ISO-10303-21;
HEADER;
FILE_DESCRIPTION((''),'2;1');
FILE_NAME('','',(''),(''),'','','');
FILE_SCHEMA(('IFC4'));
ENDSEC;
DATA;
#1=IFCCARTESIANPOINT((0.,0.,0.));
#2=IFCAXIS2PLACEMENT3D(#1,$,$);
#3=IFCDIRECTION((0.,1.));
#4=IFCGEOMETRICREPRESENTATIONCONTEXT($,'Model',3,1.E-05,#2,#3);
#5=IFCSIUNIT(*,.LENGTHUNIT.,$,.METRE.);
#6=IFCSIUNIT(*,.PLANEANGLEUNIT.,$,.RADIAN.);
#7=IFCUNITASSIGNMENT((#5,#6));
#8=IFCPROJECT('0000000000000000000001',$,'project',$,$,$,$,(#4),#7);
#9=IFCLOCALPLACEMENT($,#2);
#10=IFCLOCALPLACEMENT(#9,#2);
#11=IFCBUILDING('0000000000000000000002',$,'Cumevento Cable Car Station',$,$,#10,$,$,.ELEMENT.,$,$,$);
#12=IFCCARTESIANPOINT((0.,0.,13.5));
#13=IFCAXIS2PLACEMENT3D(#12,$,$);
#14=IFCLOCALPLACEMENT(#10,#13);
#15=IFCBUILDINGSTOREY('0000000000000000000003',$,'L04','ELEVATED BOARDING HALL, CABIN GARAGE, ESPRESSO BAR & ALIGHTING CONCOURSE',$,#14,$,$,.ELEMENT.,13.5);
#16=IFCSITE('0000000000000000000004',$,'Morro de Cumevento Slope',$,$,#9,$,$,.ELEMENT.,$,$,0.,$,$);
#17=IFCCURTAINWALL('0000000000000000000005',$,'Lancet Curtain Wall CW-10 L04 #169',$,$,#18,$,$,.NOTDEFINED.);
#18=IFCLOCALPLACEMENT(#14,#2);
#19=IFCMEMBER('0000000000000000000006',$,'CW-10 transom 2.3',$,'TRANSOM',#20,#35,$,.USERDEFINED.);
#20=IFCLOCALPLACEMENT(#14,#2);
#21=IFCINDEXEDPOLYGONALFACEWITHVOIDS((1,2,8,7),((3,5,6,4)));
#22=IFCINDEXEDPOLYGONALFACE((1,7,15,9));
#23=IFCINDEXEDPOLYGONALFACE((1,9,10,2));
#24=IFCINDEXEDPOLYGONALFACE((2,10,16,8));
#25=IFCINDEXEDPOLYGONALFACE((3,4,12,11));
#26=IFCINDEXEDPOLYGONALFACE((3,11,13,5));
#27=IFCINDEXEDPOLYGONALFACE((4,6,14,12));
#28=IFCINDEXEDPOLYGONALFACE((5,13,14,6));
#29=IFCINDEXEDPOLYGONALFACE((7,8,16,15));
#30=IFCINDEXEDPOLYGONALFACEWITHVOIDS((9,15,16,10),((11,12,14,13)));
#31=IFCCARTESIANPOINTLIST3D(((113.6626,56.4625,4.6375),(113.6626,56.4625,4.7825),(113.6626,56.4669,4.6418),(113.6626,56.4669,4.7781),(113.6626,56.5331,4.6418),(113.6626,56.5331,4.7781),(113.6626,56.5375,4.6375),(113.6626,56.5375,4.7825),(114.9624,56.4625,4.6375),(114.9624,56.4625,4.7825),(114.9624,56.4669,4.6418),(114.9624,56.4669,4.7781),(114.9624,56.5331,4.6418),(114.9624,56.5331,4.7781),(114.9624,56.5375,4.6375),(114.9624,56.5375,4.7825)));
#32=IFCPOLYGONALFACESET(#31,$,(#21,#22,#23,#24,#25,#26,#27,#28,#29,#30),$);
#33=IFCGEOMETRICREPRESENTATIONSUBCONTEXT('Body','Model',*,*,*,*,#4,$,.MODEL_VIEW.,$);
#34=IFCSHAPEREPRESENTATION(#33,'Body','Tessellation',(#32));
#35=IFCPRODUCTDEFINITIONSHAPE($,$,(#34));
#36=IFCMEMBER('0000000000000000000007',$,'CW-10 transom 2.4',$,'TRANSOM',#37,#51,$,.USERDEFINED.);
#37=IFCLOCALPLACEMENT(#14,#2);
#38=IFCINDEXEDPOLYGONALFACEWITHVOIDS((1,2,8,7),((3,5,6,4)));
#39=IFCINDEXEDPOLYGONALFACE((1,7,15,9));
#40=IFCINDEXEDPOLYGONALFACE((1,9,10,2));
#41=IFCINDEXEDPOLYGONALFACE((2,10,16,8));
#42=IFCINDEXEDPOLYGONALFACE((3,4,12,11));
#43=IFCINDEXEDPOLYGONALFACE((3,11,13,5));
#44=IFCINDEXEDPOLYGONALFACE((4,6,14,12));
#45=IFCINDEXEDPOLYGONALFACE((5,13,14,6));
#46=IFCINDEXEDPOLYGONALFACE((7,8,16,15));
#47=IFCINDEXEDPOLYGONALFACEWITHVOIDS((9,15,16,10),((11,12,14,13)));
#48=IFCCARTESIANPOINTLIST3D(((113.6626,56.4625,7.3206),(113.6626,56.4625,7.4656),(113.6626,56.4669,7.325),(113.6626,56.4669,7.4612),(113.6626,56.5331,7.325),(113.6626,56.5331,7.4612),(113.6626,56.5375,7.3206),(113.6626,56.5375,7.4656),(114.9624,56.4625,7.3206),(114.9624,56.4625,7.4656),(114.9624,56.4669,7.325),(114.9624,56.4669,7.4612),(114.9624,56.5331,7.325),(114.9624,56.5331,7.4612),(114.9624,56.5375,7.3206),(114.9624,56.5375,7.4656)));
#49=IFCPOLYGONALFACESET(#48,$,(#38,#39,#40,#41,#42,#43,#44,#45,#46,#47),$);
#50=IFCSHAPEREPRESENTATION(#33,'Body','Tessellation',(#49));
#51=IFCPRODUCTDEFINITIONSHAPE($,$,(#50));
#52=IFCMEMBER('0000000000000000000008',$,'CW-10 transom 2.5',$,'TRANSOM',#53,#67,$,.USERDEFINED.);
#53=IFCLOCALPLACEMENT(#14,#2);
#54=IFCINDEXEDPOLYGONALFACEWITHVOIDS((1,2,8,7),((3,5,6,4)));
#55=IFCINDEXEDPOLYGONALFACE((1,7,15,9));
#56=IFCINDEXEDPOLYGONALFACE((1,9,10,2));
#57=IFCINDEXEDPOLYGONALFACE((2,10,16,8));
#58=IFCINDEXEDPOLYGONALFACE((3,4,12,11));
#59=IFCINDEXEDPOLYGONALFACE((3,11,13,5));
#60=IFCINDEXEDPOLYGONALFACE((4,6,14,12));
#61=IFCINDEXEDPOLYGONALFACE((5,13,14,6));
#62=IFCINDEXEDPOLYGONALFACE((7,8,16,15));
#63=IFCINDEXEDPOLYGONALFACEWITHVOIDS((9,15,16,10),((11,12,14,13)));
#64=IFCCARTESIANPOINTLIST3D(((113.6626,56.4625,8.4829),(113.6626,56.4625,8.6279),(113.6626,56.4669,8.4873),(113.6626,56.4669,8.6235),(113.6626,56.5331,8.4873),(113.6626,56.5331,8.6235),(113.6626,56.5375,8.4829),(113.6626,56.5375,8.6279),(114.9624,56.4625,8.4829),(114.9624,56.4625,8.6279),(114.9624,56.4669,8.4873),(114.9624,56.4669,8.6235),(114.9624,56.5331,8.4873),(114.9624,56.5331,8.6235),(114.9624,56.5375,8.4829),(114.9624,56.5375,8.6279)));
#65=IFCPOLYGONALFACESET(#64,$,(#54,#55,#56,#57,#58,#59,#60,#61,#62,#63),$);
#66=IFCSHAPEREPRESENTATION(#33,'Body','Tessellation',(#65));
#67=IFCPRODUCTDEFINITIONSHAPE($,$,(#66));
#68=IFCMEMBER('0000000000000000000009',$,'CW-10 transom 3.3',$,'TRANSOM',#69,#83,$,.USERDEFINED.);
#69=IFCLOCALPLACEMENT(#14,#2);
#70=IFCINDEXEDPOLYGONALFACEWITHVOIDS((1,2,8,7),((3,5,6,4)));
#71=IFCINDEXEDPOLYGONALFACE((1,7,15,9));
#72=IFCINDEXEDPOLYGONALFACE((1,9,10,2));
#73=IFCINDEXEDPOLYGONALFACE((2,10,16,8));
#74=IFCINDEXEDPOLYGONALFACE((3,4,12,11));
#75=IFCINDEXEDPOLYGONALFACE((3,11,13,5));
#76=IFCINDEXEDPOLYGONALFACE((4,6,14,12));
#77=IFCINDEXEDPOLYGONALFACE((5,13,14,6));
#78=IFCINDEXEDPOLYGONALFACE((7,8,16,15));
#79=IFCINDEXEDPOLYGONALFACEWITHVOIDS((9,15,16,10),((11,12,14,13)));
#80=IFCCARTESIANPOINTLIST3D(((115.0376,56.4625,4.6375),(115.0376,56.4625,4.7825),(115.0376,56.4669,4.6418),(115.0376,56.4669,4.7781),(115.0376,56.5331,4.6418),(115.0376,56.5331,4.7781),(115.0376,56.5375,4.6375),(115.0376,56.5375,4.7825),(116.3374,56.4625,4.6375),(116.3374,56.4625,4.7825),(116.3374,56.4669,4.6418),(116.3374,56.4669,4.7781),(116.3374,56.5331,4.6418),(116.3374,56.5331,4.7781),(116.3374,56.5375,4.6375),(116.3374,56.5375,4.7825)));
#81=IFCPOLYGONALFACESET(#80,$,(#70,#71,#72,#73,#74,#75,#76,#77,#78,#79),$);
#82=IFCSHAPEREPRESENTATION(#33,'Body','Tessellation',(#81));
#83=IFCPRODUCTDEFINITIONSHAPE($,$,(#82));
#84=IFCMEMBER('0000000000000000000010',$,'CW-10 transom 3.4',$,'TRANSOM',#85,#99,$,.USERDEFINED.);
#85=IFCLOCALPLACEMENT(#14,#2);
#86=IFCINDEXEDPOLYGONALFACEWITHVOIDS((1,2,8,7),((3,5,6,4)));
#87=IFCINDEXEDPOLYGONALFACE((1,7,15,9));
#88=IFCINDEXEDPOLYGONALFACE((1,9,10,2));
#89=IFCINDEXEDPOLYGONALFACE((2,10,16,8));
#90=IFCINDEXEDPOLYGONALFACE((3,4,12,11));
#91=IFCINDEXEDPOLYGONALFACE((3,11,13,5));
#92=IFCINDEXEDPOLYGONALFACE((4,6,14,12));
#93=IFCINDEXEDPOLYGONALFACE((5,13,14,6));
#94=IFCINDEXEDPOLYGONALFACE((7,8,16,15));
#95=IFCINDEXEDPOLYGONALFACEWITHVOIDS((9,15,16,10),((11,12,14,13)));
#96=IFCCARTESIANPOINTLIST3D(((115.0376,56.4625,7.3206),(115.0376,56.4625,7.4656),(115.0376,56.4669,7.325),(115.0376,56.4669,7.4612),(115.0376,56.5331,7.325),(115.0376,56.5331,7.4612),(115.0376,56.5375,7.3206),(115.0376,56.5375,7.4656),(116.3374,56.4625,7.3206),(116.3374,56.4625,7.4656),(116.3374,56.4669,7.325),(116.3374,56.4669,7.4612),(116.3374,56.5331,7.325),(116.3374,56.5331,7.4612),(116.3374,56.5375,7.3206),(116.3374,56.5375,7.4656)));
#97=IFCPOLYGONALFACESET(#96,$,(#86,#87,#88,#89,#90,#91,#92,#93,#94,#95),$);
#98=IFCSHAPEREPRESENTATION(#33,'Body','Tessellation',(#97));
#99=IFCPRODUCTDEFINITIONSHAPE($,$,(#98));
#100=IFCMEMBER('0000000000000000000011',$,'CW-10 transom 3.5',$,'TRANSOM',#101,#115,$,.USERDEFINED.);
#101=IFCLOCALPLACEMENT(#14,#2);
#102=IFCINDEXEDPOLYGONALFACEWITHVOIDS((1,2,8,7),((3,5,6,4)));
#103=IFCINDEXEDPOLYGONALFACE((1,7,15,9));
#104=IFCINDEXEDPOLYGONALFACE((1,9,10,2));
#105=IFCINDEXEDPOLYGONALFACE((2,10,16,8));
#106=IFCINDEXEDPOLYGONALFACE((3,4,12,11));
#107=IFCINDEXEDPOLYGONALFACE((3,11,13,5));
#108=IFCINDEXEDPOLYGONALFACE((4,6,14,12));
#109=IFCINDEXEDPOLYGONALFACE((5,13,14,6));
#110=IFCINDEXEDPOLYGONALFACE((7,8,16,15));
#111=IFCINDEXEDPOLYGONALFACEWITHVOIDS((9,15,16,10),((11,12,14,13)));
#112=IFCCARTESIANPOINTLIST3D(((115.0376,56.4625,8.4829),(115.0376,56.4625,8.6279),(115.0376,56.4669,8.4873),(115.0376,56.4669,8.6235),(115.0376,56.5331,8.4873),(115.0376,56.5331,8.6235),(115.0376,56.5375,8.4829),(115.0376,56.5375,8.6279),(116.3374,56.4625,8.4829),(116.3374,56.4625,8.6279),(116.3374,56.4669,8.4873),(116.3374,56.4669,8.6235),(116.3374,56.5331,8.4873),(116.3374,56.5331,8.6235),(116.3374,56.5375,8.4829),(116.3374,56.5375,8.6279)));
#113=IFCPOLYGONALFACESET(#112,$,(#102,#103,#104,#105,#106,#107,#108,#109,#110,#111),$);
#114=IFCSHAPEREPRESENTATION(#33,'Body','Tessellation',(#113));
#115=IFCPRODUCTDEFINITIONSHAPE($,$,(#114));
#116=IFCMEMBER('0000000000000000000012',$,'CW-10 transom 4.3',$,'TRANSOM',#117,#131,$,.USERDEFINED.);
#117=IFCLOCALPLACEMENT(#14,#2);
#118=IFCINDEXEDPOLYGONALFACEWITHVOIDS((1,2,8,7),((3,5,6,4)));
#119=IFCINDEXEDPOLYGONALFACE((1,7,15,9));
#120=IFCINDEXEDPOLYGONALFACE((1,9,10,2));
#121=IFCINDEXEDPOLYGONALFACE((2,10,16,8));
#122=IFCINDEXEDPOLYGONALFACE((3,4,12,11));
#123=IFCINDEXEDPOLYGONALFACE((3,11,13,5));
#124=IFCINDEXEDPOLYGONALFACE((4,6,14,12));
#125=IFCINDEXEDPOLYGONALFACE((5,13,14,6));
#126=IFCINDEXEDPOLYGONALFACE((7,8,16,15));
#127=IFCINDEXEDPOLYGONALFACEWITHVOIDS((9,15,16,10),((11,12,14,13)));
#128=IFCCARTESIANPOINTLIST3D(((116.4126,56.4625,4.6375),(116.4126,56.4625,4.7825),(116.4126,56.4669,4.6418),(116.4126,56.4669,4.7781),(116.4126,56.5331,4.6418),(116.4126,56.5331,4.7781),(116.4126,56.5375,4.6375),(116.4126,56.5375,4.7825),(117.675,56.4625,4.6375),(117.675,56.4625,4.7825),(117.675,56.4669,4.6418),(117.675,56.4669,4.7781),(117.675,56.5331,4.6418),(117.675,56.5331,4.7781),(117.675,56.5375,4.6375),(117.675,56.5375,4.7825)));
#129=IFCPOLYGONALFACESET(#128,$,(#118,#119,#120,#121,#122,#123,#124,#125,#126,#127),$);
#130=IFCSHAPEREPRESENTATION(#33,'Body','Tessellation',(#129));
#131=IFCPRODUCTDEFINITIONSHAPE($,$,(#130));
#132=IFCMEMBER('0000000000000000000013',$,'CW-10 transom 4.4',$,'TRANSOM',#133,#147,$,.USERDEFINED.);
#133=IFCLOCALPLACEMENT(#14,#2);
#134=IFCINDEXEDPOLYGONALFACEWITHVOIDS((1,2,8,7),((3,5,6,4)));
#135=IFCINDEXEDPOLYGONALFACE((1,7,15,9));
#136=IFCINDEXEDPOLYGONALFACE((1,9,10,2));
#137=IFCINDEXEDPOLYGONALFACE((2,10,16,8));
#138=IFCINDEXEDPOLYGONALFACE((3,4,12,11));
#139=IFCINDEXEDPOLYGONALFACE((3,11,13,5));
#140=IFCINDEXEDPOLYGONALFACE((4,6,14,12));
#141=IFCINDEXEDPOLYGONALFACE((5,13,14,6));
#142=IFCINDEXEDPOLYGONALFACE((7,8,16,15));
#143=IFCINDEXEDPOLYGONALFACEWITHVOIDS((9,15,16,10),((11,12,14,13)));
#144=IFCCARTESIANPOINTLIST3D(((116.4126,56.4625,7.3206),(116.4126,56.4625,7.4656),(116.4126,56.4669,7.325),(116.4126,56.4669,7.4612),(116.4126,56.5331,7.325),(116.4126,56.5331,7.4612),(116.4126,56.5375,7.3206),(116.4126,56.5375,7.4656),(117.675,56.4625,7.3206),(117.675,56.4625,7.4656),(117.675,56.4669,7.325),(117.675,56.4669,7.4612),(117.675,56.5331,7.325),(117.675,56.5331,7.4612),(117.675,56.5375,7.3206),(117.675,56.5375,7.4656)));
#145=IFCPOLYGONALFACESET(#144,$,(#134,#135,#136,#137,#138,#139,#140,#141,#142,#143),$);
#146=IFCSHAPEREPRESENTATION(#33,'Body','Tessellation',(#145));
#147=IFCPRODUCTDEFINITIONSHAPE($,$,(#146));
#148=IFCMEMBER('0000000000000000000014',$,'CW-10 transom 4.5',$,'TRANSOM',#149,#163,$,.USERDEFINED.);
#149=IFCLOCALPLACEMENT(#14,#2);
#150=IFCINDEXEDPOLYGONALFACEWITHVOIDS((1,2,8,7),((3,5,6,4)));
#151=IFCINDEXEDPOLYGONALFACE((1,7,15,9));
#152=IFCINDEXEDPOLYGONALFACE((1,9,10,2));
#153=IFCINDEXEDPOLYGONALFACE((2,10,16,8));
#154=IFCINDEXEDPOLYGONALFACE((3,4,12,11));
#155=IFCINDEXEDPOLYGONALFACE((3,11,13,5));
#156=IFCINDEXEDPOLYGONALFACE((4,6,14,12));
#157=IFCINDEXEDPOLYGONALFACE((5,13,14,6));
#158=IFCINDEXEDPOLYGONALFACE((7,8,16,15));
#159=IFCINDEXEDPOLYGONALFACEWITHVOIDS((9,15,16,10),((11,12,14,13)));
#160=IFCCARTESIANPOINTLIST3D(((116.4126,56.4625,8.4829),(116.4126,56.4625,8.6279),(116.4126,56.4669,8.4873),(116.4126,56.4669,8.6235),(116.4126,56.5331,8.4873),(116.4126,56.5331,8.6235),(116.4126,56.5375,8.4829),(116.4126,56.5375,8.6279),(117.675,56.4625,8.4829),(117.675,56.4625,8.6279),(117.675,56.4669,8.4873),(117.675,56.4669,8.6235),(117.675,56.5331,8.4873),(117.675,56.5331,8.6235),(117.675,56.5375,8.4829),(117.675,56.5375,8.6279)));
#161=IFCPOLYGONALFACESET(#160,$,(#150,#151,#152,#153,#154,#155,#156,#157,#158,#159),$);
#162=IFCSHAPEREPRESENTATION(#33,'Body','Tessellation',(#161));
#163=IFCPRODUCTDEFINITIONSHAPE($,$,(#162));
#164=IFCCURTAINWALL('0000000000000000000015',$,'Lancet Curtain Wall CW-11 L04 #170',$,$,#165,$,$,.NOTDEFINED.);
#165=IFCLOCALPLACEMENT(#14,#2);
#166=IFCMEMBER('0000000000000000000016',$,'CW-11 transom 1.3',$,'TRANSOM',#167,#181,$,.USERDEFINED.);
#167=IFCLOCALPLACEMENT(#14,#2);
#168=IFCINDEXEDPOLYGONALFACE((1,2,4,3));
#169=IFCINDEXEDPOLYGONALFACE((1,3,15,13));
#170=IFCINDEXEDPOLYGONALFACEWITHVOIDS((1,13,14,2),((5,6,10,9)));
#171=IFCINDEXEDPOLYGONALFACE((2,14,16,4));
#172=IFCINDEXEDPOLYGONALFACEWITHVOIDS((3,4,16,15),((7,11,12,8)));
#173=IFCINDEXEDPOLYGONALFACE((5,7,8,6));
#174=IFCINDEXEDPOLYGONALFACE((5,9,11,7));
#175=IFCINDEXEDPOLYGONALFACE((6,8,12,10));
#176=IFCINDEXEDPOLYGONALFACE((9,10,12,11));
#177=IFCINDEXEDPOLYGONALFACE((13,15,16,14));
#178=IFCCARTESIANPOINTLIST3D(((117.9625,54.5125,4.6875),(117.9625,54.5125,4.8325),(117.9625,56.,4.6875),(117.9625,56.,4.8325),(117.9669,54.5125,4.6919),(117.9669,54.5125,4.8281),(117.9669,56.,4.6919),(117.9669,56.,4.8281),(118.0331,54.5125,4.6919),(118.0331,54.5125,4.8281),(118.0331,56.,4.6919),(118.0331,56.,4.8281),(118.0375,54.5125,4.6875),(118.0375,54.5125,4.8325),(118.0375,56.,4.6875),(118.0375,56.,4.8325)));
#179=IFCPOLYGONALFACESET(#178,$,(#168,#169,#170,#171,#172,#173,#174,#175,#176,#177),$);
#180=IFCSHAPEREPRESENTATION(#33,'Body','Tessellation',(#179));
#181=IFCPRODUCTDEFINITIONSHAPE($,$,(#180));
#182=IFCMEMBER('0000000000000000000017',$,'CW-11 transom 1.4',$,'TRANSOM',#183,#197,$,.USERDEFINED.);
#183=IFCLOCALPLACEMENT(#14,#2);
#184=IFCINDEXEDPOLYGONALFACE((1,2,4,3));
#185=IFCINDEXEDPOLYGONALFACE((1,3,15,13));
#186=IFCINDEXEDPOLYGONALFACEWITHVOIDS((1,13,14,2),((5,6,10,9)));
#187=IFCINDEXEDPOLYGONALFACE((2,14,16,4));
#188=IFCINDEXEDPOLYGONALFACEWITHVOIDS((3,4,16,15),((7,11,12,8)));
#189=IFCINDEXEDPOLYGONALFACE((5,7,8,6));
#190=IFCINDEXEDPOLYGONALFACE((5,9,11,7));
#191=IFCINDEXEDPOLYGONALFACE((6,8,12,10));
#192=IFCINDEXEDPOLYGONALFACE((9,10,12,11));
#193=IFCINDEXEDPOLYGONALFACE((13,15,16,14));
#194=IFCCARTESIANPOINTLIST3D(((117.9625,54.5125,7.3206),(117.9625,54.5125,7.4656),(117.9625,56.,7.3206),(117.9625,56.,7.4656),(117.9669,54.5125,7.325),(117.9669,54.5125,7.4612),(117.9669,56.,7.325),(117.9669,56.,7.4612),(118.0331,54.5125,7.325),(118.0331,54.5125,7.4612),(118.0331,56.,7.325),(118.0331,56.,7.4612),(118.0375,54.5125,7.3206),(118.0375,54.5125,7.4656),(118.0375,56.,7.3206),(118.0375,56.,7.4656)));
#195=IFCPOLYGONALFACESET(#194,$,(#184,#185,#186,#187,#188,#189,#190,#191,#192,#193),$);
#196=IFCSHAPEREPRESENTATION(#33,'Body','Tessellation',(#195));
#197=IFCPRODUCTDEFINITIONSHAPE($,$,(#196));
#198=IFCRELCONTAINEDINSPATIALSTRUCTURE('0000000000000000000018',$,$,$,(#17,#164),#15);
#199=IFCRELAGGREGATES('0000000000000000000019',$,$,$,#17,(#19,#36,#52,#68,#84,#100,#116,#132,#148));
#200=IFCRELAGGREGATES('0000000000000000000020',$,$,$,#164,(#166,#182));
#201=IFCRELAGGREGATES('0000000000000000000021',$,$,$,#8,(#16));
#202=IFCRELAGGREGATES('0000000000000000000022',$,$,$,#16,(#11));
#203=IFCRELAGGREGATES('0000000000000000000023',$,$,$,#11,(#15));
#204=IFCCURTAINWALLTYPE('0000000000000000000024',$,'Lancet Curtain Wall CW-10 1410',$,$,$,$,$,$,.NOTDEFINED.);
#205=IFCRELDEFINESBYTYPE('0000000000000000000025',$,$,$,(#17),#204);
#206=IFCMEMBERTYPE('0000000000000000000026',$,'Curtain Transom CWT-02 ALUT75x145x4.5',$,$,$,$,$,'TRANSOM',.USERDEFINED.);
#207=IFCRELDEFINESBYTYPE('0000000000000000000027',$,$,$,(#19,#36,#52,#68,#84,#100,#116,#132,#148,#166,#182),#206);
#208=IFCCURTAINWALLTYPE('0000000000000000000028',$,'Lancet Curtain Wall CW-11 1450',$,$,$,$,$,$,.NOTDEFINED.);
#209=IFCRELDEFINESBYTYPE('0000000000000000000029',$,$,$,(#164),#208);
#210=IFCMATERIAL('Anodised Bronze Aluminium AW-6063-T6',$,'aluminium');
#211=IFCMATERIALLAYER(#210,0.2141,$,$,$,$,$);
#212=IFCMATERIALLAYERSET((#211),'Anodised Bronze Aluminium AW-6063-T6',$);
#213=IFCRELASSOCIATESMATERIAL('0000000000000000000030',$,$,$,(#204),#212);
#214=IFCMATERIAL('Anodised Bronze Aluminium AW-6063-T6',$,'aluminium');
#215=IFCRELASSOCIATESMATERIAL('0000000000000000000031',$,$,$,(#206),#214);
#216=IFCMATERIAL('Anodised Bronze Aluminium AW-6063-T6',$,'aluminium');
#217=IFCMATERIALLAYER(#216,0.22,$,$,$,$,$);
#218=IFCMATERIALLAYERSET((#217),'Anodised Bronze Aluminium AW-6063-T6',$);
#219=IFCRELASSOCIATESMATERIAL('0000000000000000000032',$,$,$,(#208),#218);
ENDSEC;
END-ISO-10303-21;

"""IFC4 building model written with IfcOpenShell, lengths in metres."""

from ifc_helpers import new_model, si_unit, direction, frame, origin, origin_2d, place, context, subcontext, project, spatial, hollow_rectangle, extrude, material, layer, layer_set, material_profile, profile_set, type_object, element, aggregate, save


model = new_model("IFC4")

# Units and contexts
model_context = context("Model", 3, precision=1e-05, world=origin(), true_north=direction((0.0, 1.0)))
body_context = subcontext(model_context, "Body", "Model", "MODEL_VIEW")
ifc_project = project(units=[si_unit("LENGTHUNIT", "METRE"), si_unit("PLANEANGLEUNIT", "RADIAN")], contexts=[model_context])

# Site, building, storey
site_placement = place(None, origin())
site = spatial("IfcSite", under=ifc_project, at=site_placement, Name="Morro de Cumevento Slope", CompositionType="ELEMENT", RefElevation=0.0)
building_placement = place(site_placement, origin())
building = spatial("IfcBuilding", under=site, at=building_placement, Name="Cumevento Cable Car Station", CompositionType="ELEMENT")
storey_placement = place(building_placement, frame((0.0, 0.0, 13.5)))
storey = spatial("IfcBuildingStorey", under=building, at=storey_placement, Name="L04", Description="ELEVATED BOARDING HALL, CABIN GARAGE, ESPRESSO BAR & ALIGHTING CONCOURSE", CompositionType="ELEMENT", Elevation=13.5)

# Curtain walls, members
ifc_material_1 = material(Name="Anodised Bronze Aluminium AW-6063-T6", Category="aluminium")
ifc_layer_1 = layer(ifc_material_1, 0.2141)
ifc_layer_set_1 = layer_set([ifc_layer_1], Name="Anodised Bronze Aluminium AW-6063-T6")
curtain_wall_type_1 = type_object("IfcCurtainWallType", Name="Lancet Curtain Wall CW-10 1410", PredefinedType="NOTDEFINED", material=ifc_layer_set_1)
curtain_wall_1_placement = place(storey_placement, origin())
curtain_wall_1 = element("IfcCurtainWall", 1, at=curtain_wall_1_placement, inside=storey, type_object=curtain_wall_type_1, Name="Lancet Curtain Wall CW-10 L04 #169", PredefinedType="NOTDEFINED")
ifc_material_2 = material(Name="Anodised Bronze Aluminium AW-6063-T6", Category="aluminium")
ifc_material_profile = material_profile(ifc_material_2, hollow_rectangle(XDim=0.075, YDim=0.145, WallThickness=0.0044, at=origin_2d()), Name="ALUT75x145x4.5")
ifc_profile_set = profile_set([ifc_material_profile], Name="Anodised Bronze Aluminium AW-6063-T6")
member_type = type_object("IfcMemberType", Name="Curtain Transom CWT-02 ALUT75x145x4.5", ElementType="TRANSOM", PredefinedType="USERDEFINED", material=ifc_profile_set)
member_1_placement = place(storey_placement, frame((113.6626, 56.5, 4.71), z_axis=(1.0, 0.0, 0.0), x_axis=(0.0, 1.0, 0.0)))
member_1 = element("IfcMember", 2, at=member_1_placement, type_object=member_type, Name="CW-10 transom 2.3", ObjectType="TRANSOM", PredefinedType="USERDEFINED", context=body_context, shape_type="SweptSolid", body=[
    extrude(hollow_rectangle(XDim=0.075, YDim=0.145, WallThickness=0.0044, at=origin_2d()), origin(), (0.0, 0.0, 1.0), 1.2998),
])
member_2_placement = place(storey_placement, frame((113.6626, 56.5, 7.3931), z_axis=(1.0, 0.0, 0.0), x_axis=(0.0, 1.0, 0.0)))
member_2 = element("IfcMember", 3, at=member_2_placement, type_object=member_type, Name="CW-10 transom 2.4", ObjectType="TRANSOM", PredefinedType="USERDEFINED", context=body_context, shape_type="SweptSolid", body=[
    extrude(hollow_rectangle(XDim=0.075, YDim=0.145, WallThickness=0.0044, at=origin_2d()), origin(), (0.0, 0.0, 1.0), 1.2998),
])
member_3_placement = place(storey_placement, frame((113.6626, 56.5, 8.5554), z_axis=(1.0, 0.0, 0.0), x_axis=(0.0, 1.0, 0.0)))
member_3 = element("IfcMember", 4, at=member_3_placement, type_object=member_type, Name="CW-10 transom 2.5", ObjectType="TRANSOM", PredefinedType="USERDEFINED", context=body_context, shape_type="SweptSolid", body=[
    extrude(hollow_rectangle(XDim=0.075, YDim=0.145, WallThickness=0.0044, at=origin_2d()), origin(), (0.0, 0.0, 1.0), 1.2998),
])
member_4_placement = place(storey_placement, frame((115.0376, 56.5, 4.71), z_axis=(1.0, 0.0, 0.0), x_axis=(0.0, 1.0, 0.0)))
member_4 = element("IfcMember", 5, at=member_4_placement, type_object=member_type, Name="CW-10 transom 3.3", ObjectType="TRANSOM", PredefinedType="USERDEFINED", context=body_context, shape_type="SweptSolid", body=[
    extrude(hollow_rectangle(XDim=0.075, YDim=0.145, WallThickness=0.0044, at=origin_2d()), origin(), (0.0, 0.0, 1.0), 1.2998),
])
member_5_placement = place(storey_placement, frame((115.0376, 56.5, 7.3931), z_axis=(1.0, 0.0, 0.0), x_axis=(0.0, 1.0, 0.0)))
member_5 = element("IfcMember", 6, at=member_5_placement, type_object=member_type, Name="CW-10 transom 3.4", ObjectType="TRANSOM", PredefinedType="USERDEFINED", context=body_context, shape_type="SweptSolid", body=[
    extrude(hollow_rectangle(XDim=0.075, YDim=0.145, WallThickness=0.0044, at=origin_2d()), origin(), (0.0, 0.0, 1.0), 1.2998),
])
member_6_placement = place(storey_placement, frame((115.0376, 56.5, 8.5554), z_axis=(1.0, 0.0, 0.0), x_axis=(0.0, 1.0, 0.0)))
member_6 = element("IfcMember", 7, at=member_6_placement, type_object=member_type, Name="CW-10 transom 3.5", ObjectType="TRANSOM", PredefinedType="USERDEFINED", context=body_context, shape_type="SweptSolid", body=[
    extrude(hollow_rectangle(XDim=0.075, YDim=0.145, WallThickness=0.0044, at=origin_2d()), origin(), (0.0, 0.0, 1.0), 1.2998),
])
member_7_placement = place(storey_placement, frame((116.4126, 56.5, 4.71), z_axis=(1.0, 0.0, 0.0), x_axis=(0.0, 1.0, 0.0)))
member_7 = element("IfcMember", 8, at=member_7_placement, type_object=member_type, Name="CW-10 transom 4.3", ObjectType="TRANSOM", PredefinedType="USERDEFINED", context=body_context, shape_type="SweptSolid", body=[
    extrude(hollow_rectangle(XDim=0.075, YDim=0.145, WallThickness=0.0044, at=origin_2d()), origin(), (0.0, 0.0, 1.0), 1.2625),
])
member_8_placement = place(storey_placement, frame((116.4126, 56.5, 7.3931), z_axis=(1.0, 0.0, 0.0), x_axis=(0.0, 1.0, 0.0)))
member_8 = element("IfcMember", 9, at=member_8_placement, type_object=member_type, Name="CW-10 transom 4.4", ObjectType="TRANSOM", PredefinedType="USERDEFINED", context=body_context, shape_type="SweptSolid", body=[
    extrude(hollow_rectangle(XDim=0.075, YDim=0.145, WallThickness=0.0044, at=origin_2d()), origin(), (0.0, 0.0, 1.0), 1.2625),
])
member_9_placement = place(storey_placement, frame((116.4126, 56.5, 8.5554), z_axis=(1.0, 0.0, 0.0), x_axis=(0.0, 1.0, 0.0)))
member_9 = element("IfcMember", 10, at=member_9_placement, type_object=member_type, Name="CW-10 transom 4.5", ObjectType="TRANSOM", PredefinedType="USERDEFINED", context=body_context, shape_type="SweptSolid", body=[
    extrude(hollow_rectangle(XDim=0.075, YDim=0.145, WallThickness=0.0044, at=origin_2d()), origin(), (0.0, 0.0, 1.0), 1.2625),
])
ifc_material_3 = material(Name="Anodised Bronze Aluminium AW-6063-T6", Category="aluminium")
ifc_layer_2 = layer(ifc_material_3, 0.22)
ifc_layer_set_2 = layer_set([ifc_layer_2], Name="Anodised Bronze Aluminium AW-6063-T6")
curtain_wall_type_2 = type_object("IfcCurtainWallType", Name="Lancet Curtain Wall CW-11 1450", PredefinedType="NOTDEFINED", material=ifc_layer_set_2)
curtain_wall_2_placement = place(storey_placement, origin())
curtain_wall_2 = element("IfcCurtainWall", 11, at=curtain_wall_2_placement, inside=storey, type_object=curtain_wall_type_2, Name="Lancet Curtain Wall CW-11 L04 #170", PredefinedType="NOTDEFINED")
member_10_placement = place(storey_placement, frame((118.0, 56.0, 4.76), z_axis=(0.0, -1.0, 0.0), x_axis=(1.0, 0.0, 0.0)))
member_10 = element("IfcMember", 12, at=member_10_placement, type_object=member_type, Name="CW-11 transom 1.3", ObjectType="TRANSOM", PredefinedType="USERDEFINED", context=body_context, shape_type="SweptSolid", body=[
    extrude(hollow_rectangle(XDim=0.075, YDim=0.145, WallThickness=0.0044, at=origin_2d()), origin(), (0.0, 0.0, 1.0), 1.4875),
])
member_11_placement = place(storey_placement, frame((118.0, 56.0, 7.3931), z_axis=(0.0, -1.0, 0.0), x_axis=(1.0, 0.0, 0.0)))
member_11 = element("IfcMember", 13, at=member_11_placement, type_object=member_type, Name="CW-11 transom 1.4", ObjectType="TRANSOM", PredefinedType="USERDEFINED", context=body_context, shape_type="SweptSolid", body=[
    extrude(hollow_rectangle(XDim=0.075, YDim=0.145, WallThickness=0.0044, at=origin_2d()), origin(), (0.0, 0.0, 1.0), 1.4875),
])

aggregate(curtain_wall_1, [member_1, member_2, member_3, member_4, member_5, member_6, member_7, member_8, member_9])
aggregate(curtain_wall_2, [member_10, member_11])

save(model, "model.ifc")
